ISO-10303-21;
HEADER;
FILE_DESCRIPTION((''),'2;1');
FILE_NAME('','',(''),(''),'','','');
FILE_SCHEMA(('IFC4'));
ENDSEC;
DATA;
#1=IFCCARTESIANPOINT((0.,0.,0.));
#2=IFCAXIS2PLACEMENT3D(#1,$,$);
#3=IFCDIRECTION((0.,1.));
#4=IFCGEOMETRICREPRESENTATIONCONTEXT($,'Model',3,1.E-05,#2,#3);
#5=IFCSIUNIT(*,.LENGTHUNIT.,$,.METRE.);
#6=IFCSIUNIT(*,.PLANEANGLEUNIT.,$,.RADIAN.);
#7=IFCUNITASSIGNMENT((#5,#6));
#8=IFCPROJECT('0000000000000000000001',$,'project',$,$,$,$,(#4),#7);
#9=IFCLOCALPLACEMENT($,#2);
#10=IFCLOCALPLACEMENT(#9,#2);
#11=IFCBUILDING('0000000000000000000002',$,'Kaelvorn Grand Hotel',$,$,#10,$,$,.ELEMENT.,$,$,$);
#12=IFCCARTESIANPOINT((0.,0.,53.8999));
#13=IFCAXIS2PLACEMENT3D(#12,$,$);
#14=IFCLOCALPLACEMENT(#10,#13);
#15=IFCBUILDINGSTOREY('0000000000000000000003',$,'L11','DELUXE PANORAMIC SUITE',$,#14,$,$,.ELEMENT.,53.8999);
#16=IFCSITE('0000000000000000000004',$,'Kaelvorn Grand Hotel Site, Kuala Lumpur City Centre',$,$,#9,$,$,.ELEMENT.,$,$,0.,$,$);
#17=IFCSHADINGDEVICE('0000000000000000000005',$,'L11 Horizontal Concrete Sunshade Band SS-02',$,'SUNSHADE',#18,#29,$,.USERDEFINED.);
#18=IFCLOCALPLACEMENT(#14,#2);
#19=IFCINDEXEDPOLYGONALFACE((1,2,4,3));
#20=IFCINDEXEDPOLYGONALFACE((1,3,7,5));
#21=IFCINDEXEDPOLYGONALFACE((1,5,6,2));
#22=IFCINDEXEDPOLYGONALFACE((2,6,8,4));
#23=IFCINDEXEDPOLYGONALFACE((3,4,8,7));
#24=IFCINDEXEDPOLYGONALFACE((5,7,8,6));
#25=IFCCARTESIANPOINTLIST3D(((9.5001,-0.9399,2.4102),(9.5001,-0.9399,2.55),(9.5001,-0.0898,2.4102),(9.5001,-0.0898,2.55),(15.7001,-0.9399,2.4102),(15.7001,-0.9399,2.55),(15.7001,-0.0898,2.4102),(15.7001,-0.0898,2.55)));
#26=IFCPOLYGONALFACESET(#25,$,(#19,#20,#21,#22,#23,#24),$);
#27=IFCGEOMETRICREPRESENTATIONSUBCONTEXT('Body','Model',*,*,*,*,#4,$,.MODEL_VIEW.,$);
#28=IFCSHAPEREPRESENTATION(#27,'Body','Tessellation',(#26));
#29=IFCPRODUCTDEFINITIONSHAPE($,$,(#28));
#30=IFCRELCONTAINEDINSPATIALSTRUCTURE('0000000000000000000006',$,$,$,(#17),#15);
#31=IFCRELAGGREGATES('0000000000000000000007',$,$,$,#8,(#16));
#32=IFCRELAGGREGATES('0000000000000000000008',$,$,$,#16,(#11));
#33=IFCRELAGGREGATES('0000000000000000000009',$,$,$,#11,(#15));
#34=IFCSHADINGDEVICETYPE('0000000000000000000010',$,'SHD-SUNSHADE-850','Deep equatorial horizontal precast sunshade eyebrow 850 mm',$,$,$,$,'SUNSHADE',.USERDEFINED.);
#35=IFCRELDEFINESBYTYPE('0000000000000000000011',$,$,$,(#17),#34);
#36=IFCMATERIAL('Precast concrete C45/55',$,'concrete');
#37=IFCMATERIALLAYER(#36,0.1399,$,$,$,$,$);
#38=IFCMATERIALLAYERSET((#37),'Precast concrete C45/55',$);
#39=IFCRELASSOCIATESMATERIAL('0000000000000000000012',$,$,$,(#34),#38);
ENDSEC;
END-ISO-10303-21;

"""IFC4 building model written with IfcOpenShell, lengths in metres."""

from ifc_helpers import new_model, si_unit, direction, frame, origin, origin_2d, place, context, subcontext, project, spatial, rectangle, extrude, material, layer, layer_set, type_object, element, save


model = new_model("IFC4")

# Units and contexts
model_context = context("Model", 3, precision=1e-05, world=origin(), true_north=direction((0.0, 1.0)))
body_context = subcontext(model_context, "Body", "Model", "MODEL_VIEW")
ifc_project = project(units=[si_unit("LENGTHUNIT", "METRE"), si_unit("PLANEANGLEUNIT", "RADIAN")], contexts=[model_context])

# Site, building, storey
site_placement = place(None, origin())
site = spatial("IfcSite", under=ifc_project, at=site_placement, Name="Kaelvorn Grand Hotel Site, Kuala Lumpur City Centre", CompositionType="ELEMENT", RefElevation=0.0)
building_placement = place(site_placement, origin())
building = spatial("IfcBuilding", under=site, at=building_placement, Name="Kaelvorn Grand Hotel", CompositionType="ELEMENT")
storey_placement = place(building_placement, frame((0.0, 0.0, 53.8999)))
storey = spatial("IfcBuildingStorey", under=building, at=storey_placement, Name="L11", Description="DELUXE PANORAMIC SUITE", CompositionType="ELEMENT", Elevation=53.8999)

# Shading device
ifc_material_1 = material(Name="Precast concrete C45/55", Category="concrete")
ifc_layer_1 = layer(ifc_material_1, 0.1399)
ifc_layer_set_1 = layer_set([ifc_layer_1], Name="Precast concrete C45/55")
shading_device_type = type_object("IfcShadingDeviceType", Name="SHD-SUNSHADE-850", Description="Deep equatorial horizontal precast sunshade eyebrow 850 mm", ElementType="SUNSHADE", PredefinedType="USERDEFINED", material=ifc_layer_set_1)
shading_device_placement = place(storey_placement, frame((12.6001, -0.5149, 2.4102), z_axis=(0.0, 0.0, 1.0), x_axis=(1.0, 0.0, 0.0)))
element("IfcShadingDevice", 1, at=shading_device_placement, inside=storey, type_object=shading_device_type, Name="L11 Horizontal Concrete Sunshade Band SS-02", ObjectType="SUNSHADE", PredefinedType="USERDEFINED", context=body_context, shape_type="SweptSolid", body=[
    extrude(rectangle(XDim=6.2, YDim=0.8501, at=origin_2d()), origin(), (0.0, 0.0, 1.0), 0.1399),
])

save(model, "model.ifc")
